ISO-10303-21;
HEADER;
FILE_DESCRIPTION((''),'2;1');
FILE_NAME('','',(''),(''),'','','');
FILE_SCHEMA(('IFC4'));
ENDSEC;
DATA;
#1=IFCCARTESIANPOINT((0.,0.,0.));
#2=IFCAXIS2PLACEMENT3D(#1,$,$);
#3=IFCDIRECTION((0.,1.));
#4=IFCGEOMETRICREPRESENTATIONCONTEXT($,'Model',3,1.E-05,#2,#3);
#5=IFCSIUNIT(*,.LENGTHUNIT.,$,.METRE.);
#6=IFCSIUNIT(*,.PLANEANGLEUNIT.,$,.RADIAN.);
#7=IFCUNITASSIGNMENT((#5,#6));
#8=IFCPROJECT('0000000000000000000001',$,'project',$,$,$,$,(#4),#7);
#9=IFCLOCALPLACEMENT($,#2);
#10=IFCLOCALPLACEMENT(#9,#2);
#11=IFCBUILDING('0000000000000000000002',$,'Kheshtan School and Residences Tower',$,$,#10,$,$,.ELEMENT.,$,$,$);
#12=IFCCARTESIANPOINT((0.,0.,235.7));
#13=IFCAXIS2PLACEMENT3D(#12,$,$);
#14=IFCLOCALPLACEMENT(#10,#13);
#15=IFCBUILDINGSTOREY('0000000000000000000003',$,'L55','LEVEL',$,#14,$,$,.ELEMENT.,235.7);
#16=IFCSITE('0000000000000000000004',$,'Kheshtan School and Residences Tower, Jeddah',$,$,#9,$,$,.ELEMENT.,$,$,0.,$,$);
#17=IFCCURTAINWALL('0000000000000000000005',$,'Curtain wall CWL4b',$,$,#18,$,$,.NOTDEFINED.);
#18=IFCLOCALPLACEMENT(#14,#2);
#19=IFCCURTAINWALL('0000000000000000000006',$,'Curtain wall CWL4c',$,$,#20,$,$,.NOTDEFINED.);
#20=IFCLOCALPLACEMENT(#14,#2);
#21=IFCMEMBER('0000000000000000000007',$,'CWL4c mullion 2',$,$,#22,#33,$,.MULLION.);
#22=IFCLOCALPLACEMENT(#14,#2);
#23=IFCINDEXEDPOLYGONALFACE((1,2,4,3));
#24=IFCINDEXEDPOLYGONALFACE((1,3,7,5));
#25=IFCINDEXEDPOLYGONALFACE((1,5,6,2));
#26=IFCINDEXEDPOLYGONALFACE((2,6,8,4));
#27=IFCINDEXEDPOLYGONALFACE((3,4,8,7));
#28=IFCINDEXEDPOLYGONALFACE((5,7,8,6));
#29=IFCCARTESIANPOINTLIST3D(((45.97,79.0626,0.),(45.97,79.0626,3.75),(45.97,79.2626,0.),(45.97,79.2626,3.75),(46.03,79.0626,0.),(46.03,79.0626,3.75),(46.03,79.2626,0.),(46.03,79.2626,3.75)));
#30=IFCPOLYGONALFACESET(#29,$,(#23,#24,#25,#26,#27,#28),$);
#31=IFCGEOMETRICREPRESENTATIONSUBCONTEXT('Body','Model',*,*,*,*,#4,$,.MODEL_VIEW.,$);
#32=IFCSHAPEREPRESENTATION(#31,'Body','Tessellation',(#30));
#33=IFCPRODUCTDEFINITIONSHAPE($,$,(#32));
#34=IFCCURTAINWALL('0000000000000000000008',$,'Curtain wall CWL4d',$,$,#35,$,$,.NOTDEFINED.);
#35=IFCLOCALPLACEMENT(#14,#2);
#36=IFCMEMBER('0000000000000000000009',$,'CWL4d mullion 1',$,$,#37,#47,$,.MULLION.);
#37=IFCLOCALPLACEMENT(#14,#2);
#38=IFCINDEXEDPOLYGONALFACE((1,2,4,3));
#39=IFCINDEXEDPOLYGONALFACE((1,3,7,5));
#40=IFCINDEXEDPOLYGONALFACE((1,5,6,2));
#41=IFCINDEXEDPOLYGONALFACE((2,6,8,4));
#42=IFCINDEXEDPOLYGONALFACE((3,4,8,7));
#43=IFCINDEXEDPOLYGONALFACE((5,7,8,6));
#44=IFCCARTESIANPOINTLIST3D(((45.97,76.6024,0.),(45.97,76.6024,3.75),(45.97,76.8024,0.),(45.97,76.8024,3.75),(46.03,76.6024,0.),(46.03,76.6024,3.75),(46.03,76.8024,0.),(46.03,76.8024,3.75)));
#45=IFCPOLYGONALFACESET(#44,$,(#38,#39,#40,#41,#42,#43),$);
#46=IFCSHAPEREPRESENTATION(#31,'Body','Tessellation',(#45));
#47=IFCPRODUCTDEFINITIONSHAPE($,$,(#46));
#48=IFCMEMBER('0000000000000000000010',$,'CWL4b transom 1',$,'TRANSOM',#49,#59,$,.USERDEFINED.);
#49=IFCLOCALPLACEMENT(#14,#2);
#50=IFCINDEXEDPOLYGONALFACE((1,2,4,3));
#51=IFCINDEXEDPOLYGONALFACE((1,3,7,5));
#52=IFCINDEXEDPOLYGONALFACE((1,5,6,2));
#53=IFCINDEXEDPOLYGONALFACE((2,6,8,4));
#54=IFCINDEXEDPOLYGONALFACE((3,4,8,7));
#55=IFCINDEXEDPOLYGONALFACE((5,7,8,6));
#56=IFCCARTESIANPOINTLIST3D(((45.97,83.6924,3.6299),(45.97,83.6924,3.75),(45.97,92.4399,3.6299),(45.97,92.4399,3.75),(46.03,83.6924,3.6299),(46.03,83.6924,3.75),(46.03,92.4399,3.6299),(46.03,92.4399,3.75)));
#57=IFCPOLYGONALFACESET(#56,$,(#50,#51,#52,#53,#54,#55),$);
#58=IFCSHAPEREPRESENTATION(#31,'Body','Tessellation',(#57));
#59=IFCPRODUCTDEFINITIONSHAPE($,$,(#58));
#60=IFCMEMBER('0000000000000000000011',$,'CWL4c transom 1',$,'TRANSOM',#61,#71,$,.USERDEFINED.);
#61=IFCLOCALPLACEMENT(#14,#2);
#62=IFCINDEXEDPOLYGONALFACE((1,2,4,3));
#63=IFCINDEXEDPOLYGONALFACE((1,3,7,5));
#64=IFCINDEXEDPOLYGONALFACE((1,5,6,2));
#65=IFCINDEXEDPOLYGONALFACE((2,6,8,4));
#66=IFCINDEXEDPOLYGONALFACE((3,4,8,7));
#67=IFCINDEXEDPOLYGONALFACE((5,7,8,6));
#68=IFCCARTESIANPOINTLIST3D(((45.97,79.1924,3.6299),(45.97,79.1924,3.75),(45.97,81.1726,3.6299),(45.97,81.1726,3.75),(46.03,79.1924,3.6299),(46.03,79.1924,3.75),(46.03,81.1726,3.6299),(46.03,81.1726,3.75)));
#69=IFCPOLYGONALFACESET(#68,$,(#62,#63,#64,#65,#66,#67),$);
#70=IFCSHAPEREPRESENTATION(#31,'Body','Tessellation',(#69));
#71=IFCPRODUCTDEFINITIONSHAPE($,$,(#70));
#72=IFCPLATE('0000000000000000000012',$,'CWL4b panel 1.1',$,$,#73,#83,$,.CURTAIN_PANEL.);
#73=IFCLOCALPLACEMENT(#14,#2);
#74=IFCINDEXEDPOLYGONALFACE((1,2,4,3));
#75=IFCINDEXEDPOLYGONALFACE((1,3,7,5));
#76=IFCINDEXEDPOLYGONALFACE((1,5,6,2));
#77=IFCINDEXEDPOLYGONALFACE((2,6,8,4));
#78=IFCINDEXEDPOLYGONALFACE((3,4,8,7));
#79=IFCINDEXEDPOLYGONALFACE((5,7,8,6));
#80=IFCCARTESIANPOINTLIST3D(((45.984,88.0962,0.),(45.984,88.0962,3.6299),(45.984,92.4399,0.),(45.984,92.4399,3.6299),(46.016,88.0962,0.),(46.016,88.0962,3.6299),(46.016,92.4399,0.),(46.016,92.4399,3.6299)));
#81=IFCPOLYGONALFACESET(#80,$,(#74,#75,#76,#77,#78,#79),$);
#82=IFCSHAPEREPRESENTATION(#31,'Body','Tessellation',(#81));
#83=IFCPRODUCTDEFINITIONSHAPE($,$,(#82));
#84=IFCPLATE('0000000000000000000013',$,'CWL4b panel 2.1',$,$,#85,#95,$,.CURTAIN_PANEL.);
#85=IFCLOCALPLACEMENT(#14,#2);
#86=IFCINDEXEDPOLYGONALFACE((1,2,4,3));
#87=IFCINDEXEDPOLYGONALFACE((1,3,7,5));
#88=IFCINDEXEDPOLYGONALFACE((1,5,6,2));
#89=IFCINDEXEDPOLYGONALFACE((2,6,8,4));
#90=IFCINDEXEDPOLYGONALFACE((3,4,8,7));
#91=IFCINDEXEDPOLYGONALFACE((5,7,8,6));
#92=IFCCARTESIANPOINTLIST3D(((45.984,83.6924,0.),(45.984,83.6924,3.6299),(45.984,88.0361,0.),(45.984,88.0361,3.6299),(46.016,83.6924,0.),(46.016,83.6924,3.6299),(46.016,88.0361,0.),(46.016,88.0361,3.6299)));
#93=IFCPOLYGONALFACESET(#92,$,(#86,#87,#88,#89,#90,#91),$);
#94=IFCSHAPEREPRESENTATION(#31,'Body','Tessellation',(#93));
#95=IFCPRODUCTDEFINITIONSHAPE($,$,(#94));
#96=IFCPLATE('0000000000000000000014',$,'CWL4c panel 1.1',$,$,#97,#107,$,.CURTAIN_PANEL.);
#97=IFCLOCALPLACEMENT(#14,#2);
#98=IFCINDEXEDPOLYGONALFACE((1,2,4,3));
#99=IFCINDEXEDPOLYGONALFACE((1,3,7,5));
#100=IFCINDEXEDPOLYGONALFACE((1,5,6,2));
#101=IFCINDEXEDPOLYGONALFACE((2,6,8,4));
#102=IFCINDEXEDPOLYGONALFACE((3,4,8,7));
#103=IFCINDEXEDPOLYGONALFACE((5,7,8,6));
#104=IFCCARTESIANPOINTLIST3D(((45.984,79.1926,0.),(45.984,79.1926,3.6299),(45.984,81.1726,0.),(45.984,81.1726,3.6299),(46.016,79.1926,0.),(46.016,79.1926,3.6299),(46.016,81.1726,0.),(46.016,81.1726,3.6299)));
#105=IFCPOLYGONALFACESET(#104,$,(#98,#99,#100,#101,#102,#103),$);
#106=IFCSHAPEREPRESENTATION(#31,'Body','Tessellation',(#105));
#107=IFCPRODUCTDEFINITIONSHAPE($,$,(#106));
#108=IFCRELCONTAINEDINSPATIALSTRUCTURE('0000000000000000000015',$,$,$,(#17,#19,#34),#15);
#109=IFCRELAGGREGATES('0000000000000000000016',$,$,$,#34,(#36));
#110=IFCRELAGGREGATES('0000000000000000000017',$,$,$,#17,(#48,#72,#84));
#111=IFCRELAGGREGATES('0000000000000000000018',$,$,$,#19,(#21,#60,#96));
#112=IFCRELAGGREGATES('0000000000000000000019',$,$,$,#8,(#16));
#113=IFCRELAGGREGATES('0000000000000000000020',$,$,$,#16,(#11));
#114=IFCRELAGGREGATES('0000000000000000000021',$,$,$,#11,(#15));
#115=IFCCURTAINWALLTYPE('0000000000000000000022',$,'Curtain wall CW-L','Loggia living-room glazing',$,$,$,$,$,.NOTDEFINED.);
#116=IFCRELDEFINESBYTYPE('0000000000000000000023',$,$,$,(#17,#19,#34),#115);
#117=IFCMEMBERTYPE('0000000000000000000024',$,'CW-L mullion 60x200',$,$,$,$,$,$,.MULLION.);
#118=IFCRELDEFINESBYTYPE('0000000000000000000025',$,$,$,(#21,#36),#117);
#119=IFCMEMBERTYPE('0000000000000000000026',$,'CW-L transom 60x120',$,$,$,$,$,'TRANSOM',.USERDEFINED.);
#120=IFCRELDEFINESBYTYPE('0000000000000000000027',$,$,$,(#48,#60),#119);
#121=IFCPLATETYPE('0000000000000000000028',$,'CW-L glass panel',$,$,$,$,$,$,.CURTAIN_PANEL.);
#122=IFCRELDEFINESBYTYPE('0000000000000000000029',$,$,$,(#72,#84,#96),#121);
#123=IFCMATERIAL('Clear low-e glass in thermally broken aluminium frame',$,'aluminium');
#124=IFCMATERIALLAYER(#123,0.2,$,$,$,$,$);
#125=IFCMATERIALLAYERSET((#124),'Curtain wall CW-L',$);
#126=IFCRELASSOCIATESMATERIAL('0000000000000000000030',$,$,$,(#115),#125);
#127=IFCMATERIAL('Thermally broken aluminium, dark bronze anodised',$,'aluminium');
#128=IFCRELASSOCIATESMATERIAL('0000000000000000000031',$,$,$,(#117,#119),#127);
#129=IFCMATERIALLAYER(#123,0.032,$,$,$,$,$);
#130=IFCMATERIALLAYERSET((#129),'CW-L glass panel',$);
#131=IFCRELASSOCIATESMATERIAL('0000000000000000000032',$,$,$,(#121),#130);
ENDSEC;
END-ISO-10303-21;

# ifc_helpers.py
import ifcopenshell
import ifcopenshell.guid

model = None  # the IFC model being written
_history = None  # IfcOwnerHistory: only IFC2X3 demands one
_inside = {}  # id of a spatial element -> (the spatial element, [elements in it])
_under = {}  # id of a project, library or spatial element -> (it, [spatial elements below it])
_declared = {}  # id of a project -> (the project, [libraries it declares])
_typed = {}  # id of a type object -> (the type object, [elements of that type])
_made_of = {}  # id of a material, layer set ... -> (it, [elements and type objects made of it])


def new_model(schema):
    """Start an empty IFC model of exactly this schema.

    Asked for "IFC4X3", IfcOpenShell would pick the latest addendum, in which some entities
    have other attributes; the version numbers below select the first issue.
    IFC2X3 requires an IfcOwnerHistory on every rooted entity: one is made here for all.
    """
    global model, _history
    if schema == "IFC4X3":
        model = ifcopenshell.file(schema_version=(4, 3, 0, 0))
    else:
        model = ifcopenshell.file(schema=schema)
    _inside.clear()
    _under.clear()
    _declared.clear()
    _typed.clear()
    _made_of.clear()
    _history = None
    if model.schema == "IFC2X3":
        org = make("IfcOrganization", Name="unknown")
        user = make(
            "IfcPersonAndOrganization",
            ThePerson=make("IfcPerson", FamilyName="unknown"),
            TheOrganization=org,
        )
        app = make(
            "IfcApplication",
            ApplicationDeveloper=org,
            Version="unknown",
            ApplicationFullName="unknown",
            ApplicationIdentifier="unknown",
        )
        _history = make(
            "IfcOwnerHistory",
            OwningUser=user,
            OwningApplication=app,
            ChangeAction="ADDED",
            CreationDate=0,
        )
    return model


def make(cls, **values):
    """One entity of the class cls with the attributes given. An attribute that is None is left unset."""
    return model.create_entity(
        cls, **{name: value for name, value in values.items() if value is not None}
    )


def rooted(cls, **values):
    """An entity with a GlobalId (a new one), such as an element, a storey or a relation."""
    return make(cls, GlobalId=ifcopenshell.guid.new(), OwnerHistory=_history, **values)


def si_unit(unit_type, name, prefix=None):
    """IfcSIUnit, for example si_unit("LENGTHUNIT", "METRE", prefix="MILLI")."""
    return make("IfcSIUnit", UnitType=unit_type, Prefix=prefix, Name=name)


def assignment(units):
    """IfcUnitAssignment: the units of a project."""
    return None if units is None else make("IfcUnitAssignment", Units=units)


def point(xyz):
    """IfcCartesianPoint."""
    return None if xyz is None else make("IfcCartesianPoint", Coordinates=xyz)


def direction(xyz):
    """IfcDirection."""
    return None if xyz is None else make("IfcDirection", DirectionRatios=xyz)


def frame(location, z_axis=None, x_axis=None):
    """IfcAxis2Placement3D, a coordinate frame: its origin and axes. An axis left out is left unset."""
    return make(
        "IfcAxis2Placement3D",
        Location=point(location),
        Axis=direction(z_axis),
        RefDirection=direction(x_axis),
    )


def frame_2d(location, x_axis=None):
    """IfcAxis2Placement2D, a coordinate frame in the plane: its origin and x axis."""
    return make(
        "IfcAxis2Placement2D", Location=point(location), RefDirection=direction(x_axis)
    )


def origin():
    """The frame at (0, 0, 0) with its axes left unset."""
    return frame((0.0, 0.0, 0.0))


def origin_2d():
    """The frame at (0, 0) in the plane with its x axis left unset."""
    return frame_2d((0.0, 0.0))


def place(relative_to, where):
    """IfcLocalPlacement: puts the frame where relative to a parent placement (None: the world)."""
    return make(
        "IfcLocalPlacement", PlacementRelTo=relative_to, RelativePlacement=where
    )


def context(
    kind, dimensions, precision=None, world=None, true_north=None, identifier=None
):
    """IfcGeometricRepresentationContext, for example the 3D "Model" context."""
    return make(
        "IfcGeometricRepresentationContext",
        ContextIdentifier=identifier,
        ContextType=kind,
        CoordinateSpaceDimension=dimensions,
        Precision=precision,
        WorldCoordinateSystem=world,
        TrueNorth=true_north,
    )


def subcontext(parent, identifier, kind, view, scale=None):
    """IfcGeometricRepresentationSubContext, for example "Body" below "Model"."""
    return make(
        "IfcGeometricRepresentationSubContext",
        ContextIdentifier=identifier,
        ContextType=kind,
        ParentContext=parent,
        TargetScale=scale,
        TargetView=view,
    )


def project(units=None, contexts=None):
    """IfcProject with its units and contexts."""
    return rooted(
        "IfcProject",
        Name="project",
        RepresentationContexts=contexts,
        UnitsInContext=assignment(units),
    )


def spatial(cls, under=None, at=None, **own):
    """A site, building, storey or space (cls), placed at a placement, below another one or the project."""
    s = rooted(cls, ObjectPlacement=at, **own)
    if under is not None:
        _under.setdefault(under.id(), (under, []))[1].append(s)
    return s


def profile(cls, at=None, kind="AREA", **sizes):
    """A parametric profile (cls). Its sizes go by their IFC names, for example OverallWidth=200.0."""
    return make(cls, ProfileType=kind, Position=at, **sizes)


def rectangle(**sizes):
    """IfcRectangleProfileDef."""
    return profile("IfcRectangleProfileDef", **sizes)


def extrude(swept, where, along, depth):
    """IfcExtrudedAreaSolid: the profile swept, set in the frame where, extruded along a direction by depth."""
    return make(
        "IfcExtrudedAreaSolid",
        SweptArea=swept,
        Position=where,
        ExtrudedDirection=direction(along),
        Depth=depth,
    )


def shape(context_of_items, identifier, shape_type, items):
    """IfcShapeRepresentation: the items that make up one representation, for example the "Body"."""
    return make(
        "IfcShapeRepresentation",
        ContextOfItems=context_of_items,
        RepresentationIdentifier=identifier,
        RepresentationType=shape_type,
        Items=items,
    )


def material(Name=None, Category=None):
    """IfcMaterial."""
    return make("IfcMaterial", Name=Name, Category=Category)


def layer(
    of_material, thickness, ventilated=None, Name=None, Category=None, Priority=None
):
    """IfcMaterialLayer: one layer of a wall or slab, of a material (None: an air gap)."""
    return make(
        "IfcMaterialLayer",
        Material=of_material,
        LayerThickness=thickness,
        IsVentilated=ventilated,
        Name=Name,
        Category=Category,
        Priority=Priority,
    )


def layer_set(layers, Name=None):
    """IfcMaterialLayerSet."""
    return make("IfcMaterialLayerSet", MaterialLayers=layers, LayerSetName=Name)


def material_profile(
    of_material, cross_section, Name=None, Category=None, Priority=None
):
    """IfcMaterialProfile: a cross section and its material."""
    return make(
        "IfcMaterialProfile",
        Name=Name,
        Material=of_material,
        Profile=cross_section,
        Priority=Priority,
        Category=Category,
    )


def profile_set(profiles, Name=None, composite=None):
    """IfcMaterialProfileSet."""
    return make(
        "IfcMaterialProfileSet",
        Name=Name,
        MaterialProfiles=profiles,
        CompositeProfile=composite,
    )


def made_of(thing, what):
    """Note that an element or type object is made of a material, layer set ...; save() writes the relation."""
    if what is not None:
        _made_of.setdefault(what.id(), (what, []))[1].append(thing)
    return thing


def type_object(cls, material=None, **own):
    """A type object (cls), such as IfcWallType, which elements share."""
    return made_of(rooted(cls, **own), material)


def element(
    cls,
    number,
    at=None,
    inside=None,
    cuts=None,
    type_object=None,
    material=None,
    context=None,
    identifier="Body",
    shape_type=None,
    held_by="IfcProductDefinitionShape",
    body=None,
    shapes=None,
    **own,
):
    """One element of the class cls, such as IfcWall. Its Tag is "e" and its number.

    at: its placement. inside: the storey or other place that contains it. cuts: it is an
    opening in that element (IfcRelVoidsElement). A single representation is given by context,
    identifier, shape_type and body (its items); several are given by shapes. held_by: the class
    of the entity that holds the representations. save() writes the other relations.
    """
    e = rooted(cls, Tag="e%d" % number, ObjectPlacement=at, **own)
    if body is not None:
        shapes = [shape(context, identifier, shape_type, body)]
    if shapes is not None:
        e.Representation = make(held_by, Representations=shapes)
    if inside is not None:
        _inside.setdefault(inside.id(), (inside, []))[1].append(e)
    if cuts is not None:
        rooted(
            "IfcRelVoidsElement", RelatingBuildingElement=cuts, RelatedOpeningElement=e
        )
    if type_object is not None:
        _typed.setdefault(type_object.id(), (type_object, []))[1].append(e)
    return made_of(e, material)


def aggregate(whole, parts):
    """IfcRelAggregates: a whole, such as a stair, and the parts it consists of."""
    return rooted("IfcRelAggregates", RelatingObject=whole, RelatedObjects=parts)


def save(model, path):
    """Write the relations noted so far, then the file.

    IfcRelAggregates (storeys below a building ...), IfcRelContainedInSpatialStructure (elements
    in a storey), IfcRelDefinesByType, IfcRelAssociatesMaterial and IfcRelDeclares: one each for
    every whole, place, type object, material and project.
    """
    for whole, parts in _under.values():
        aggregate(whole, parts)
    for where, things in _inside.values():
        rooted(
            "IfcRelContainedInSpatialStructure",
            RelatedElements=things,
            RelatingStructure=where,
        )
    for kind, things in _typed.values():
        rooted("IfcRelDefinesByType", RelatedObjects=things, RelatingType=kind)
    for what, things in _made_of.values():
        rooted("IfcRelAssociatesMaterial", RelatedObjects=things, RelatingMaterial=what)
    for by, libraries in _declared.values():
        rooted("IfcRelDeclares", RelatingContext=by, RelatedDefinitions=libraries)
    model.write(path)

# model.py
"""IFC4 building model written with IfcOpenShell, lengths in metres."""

from ifc_helpers import new_model, si_unit, direction, frame, origin, origin_2d, place, context, subcontext, project, spatial, rectangle, extrude, material, layer, layer_set, material_profile, profile_set, type_object, element, aggregate, save


model = new_model("IFC4")

# Units and contexts
model_context = context("Model", 3, precision=1e-05, world=origin(), true_north=direction((0.0, 1.0)))
body_context = subcontext(model_context, "Body", "Model", "MODEL_VIEW")
ifc_project = project(units=[si_unit("LENGTHUNIT", "METRE"), si_unit("PLANEANGLEUNIT", "RADIAN")], contexts=[model_context])

# Site, building, storey
site_placement = place(None, origin())
site = spatial("IfcSite", under=ifc_project, at=site_placement, Name="Kheshtan School and Residences Tower, Jeddah", CompositionType="ELEMENT", RefElevation=0.0)
building_placement = place(site_placement, origin())
building = spatial("IfcBuilding", under=site, at=building_placement, Name="Kheshtan School and Residences Tower", CompositionType="ELEMENT")
storey_placement = place(building_placement, frame((0.0, 0.0, 235.7)))
storey = spatial("IfcBuildingStorey", under=building, at=storey_placement, Name="L55", Description="LEVEL", CompositionType="ELEMENT", Elevation=235.7)

# Curtain walls, member
ifc_material_1 = material(Name="Clear low-e glass in thermally broken aluminium frame", Category="aluminium")
ifc_layer_1 = layer(ifc_material_1, 0.2)
ifc_layer_set_1 = layer_set([ifc_layer_1], Name="Curtain wall CW-L")
curtain_wall_type = type_object("IfcCurtainWallType", Name="Curtain wall CW-L", Description="Loggia living-room glazing", PredefinedType="NOTDEFINED", material=ifc_layer_set_1)
curtain_wall_1_placement = place(storey_placement, origin())
curtain_wall_1 = element("IfcCurtainWall", 1, at=curtain_wall_1_placement, inside=storey, type_object=curtain_wall_type, Name="Curtain wall CWL4b", PredefinedType="NOTDEFINED")
ifc_material_2 = material(Name="Thermally broken aluminium, dark bronze anodised", Category="aluminium")
ifc_material_profile_1 = material_profile(ifc_material_2, rectangle(XDim=0.0601, YDim=0.2, at=origin_2d()), Name="CW-L mullion 60x200")
ifc_profile_set_1 = profile_set([ifc_material_profile_1], Name="Thermally broken aluminium, dark bronze anodised")
member_type_1 = type_object("IfcMemberType", Name="CW-L mullion 60x200", PredefinedType="MULLION", material=ifc_profile_set_1)
curtain_wall_2_placement = place(storey_placement, origin())
curtain_wall_2 = element("IfcCurtainWall", 2, at=curtain_wall_2_placement, inside=storey, type_object=curtain_wall_type, Name="Curtain wall CWL4c", PredefinedType="NOTDEFINED")
member_1_placement = place(storey_placement, frame((46.0, 79.1626, 0.0), z_axis=(0.0, 0.0, 1.0), x_axis=(1.0, 0.0, 0.0)))
member_1 = element("IfcMember", 3, at=member_1_placement, type_object=member_type_1, Name="CWL4c mullion 2", PredefinedType="MULLION", context=body_context, shape_type="SweptSolid", body=[
    extrude(rectangle(XDim=0.0601, YDim=0.2, at=origin_2d()), origin(), (0.0, 0.0, 1.0), 3.75),
])

# Curtain wall, member
curtain_wall_3_placement = place(storey_placement, origin())
curtain_wall_3 = element("IfcCurtainWall", 4, at=curtain_wall_3_placement, inside=storey, type_object=curtain_wall_type, Name="Curtain wall CWL4d", PredefinedType="NOTDEFINED")
member_2_placement = place(storey_placement, frame((46.0, 76.7024, 0.0), z_axis=(0.0, 0.0, 1.0), x_axis=(1.0, 0.0, 0.0)))
member_2 = element("IfcMember", 5, at=member_2_placement, type_object=member_type_1, Name="CWL4d mullion 1", PredefinedType="MULLION", context=body_context, shape_type="SweptSolid", body=[
    extrude(rectangle(XDim=0.0601, YDim=0.2, at=origin_2d()), origin(), (0.0, 0.0, 1.0), 3.75),
])
aggregate(curtain_wall_3, [member_2])

# Members
ifc_material_profile_2 = material_profile(ifc_material_2, rectangle(XDim=0.0601, YDim=0.1201, at=origin_2d()), Name="CW-L transom 60x120")
ifc_profile_set_2 = profile_set([ifc_material_profile_2], Name="Thermally broken aluminium, dark bronze anodised")
member_type_2 = type_object("IfcMemberType", Name="CW-L transom 60x120", ElementType="TRANSOM", PredefinedType="USERDEFINED", material=ifc_profile_set_2)
member_3_placement = place(storey_placement, frame((46.0, 92.4399, 3.6899), z_axis=(0.0, -1.0, 0.0), x_axis=(1.0, 0.0, 0.0)))
member_3 = element("IfcMember", 6, at=member_3_placement, type_object=member_type_2, Name="CWL4b transom 1", ObjectType="TRANSOM", PredefinedType="USERDEFINED", context=body_context, shape_type="SweptSolid", body=[
    extrude(rectangle(XDim=0.0601, YDim=0.1201, at=origin_2d()), origin(), (0.0, 0.0, 1.0), 8.7476),
])
member_4_placement = place(storey_placement, frame((46.0, 81.1726, 3.6899), z_axis=(0.0, -1.0, 0.0), x_axis=(1.0, 0.0, 0.0)))
member_4 = element("IfcMember", 7, at=member_4_placement, type_object=member_type_2, Name="CWL4c transom 1", ObjectType="TRANSOM", PredefinedType="USERDEFINED", context=body_context, shape_type="SweptSolid", body=[
    extrude(rectangle(XDim=0.0601, YDim=0.1201, at=origin_2d()), origin(), (0.0, 0.0, 1.0), 1.9802),
])

# Plates
ifc_layer_2 = layer(ifc_material_1, 0.032)
ifc_layer_set_2 = layer_set([ifc_layer_2], Name="CW-L glass panel")
plate_type = type_object("IfcPlateType", Name="CW-L glass panel", PredefinedType="CURTAIN_PANEL", material=ifc_layer_set_2)
plate_1_placement = place(storey_placement, frame((46.0, 90.2681, 0.0), z_axis=(0.0, 0.0, 1.0), x_axis=(0.0, -1.0, 0.0)))
plate_1 = element("IfcPlate", 8, at=plate_1_placement, type_object=plate_type, Name="CWL4b panel 1.1", PredefinedType="CURTAIN_PANEL", context=body_context, shape_type="SweptSolid", body=[
    extrude(rectangle(XDim=4.3438, YDim=0.032, at=origin_2d()), origin(), (0.0, 0.0, 1.0), 3.6299),
])
plate_2_placement = place(storey_placement, frame((46.0, 85.8643, 0.0), z_axis=(0.0, 0.0, 1.0), x_axis=(0.0, -1.0, 0.0)))
plate_2 = element("IfcPlate", 9, at=plate_2_placement, type_object=plate_type, Name="CWL4b panel 2.1", PredefinedType="CURTAIN_PANEL", context=body_context, shape_type="SweptSolid", body=[
    extrude(rectangle(XDim=4.3438, YDim=0.032, at=origin_2d()), origin(), (0.0, 0.0, 1.0), 3.6299),
])
aggregate(curtain_wall_1, [member_3, plate_1, plate_2])
plate_3_placement = place(storey_placement, frame((46.0, 80.1826, 0.0), z_axis=(0.0, 0.0, 1.0), x_axis=(0.0, -1.0, 0.0)))
plate_3 = element("IfcPlate", 10, at=plate_3_placement, type_object=plate_type, Name="CWL4c panel 1.1", PredefinedType="CURTAIN_PANEL", context=body_context, shape_type="SweptSolid", body=[
    extrude(rectangle(XDim=1.98, YDim=0.032, at=origin_2d()), origin(), (0.0, 0.0, 1.0), 3.6299),
])
aggregate(curtain_wall_2, [member_1, member_4, plate_3])

save(model, "model.ifc")
